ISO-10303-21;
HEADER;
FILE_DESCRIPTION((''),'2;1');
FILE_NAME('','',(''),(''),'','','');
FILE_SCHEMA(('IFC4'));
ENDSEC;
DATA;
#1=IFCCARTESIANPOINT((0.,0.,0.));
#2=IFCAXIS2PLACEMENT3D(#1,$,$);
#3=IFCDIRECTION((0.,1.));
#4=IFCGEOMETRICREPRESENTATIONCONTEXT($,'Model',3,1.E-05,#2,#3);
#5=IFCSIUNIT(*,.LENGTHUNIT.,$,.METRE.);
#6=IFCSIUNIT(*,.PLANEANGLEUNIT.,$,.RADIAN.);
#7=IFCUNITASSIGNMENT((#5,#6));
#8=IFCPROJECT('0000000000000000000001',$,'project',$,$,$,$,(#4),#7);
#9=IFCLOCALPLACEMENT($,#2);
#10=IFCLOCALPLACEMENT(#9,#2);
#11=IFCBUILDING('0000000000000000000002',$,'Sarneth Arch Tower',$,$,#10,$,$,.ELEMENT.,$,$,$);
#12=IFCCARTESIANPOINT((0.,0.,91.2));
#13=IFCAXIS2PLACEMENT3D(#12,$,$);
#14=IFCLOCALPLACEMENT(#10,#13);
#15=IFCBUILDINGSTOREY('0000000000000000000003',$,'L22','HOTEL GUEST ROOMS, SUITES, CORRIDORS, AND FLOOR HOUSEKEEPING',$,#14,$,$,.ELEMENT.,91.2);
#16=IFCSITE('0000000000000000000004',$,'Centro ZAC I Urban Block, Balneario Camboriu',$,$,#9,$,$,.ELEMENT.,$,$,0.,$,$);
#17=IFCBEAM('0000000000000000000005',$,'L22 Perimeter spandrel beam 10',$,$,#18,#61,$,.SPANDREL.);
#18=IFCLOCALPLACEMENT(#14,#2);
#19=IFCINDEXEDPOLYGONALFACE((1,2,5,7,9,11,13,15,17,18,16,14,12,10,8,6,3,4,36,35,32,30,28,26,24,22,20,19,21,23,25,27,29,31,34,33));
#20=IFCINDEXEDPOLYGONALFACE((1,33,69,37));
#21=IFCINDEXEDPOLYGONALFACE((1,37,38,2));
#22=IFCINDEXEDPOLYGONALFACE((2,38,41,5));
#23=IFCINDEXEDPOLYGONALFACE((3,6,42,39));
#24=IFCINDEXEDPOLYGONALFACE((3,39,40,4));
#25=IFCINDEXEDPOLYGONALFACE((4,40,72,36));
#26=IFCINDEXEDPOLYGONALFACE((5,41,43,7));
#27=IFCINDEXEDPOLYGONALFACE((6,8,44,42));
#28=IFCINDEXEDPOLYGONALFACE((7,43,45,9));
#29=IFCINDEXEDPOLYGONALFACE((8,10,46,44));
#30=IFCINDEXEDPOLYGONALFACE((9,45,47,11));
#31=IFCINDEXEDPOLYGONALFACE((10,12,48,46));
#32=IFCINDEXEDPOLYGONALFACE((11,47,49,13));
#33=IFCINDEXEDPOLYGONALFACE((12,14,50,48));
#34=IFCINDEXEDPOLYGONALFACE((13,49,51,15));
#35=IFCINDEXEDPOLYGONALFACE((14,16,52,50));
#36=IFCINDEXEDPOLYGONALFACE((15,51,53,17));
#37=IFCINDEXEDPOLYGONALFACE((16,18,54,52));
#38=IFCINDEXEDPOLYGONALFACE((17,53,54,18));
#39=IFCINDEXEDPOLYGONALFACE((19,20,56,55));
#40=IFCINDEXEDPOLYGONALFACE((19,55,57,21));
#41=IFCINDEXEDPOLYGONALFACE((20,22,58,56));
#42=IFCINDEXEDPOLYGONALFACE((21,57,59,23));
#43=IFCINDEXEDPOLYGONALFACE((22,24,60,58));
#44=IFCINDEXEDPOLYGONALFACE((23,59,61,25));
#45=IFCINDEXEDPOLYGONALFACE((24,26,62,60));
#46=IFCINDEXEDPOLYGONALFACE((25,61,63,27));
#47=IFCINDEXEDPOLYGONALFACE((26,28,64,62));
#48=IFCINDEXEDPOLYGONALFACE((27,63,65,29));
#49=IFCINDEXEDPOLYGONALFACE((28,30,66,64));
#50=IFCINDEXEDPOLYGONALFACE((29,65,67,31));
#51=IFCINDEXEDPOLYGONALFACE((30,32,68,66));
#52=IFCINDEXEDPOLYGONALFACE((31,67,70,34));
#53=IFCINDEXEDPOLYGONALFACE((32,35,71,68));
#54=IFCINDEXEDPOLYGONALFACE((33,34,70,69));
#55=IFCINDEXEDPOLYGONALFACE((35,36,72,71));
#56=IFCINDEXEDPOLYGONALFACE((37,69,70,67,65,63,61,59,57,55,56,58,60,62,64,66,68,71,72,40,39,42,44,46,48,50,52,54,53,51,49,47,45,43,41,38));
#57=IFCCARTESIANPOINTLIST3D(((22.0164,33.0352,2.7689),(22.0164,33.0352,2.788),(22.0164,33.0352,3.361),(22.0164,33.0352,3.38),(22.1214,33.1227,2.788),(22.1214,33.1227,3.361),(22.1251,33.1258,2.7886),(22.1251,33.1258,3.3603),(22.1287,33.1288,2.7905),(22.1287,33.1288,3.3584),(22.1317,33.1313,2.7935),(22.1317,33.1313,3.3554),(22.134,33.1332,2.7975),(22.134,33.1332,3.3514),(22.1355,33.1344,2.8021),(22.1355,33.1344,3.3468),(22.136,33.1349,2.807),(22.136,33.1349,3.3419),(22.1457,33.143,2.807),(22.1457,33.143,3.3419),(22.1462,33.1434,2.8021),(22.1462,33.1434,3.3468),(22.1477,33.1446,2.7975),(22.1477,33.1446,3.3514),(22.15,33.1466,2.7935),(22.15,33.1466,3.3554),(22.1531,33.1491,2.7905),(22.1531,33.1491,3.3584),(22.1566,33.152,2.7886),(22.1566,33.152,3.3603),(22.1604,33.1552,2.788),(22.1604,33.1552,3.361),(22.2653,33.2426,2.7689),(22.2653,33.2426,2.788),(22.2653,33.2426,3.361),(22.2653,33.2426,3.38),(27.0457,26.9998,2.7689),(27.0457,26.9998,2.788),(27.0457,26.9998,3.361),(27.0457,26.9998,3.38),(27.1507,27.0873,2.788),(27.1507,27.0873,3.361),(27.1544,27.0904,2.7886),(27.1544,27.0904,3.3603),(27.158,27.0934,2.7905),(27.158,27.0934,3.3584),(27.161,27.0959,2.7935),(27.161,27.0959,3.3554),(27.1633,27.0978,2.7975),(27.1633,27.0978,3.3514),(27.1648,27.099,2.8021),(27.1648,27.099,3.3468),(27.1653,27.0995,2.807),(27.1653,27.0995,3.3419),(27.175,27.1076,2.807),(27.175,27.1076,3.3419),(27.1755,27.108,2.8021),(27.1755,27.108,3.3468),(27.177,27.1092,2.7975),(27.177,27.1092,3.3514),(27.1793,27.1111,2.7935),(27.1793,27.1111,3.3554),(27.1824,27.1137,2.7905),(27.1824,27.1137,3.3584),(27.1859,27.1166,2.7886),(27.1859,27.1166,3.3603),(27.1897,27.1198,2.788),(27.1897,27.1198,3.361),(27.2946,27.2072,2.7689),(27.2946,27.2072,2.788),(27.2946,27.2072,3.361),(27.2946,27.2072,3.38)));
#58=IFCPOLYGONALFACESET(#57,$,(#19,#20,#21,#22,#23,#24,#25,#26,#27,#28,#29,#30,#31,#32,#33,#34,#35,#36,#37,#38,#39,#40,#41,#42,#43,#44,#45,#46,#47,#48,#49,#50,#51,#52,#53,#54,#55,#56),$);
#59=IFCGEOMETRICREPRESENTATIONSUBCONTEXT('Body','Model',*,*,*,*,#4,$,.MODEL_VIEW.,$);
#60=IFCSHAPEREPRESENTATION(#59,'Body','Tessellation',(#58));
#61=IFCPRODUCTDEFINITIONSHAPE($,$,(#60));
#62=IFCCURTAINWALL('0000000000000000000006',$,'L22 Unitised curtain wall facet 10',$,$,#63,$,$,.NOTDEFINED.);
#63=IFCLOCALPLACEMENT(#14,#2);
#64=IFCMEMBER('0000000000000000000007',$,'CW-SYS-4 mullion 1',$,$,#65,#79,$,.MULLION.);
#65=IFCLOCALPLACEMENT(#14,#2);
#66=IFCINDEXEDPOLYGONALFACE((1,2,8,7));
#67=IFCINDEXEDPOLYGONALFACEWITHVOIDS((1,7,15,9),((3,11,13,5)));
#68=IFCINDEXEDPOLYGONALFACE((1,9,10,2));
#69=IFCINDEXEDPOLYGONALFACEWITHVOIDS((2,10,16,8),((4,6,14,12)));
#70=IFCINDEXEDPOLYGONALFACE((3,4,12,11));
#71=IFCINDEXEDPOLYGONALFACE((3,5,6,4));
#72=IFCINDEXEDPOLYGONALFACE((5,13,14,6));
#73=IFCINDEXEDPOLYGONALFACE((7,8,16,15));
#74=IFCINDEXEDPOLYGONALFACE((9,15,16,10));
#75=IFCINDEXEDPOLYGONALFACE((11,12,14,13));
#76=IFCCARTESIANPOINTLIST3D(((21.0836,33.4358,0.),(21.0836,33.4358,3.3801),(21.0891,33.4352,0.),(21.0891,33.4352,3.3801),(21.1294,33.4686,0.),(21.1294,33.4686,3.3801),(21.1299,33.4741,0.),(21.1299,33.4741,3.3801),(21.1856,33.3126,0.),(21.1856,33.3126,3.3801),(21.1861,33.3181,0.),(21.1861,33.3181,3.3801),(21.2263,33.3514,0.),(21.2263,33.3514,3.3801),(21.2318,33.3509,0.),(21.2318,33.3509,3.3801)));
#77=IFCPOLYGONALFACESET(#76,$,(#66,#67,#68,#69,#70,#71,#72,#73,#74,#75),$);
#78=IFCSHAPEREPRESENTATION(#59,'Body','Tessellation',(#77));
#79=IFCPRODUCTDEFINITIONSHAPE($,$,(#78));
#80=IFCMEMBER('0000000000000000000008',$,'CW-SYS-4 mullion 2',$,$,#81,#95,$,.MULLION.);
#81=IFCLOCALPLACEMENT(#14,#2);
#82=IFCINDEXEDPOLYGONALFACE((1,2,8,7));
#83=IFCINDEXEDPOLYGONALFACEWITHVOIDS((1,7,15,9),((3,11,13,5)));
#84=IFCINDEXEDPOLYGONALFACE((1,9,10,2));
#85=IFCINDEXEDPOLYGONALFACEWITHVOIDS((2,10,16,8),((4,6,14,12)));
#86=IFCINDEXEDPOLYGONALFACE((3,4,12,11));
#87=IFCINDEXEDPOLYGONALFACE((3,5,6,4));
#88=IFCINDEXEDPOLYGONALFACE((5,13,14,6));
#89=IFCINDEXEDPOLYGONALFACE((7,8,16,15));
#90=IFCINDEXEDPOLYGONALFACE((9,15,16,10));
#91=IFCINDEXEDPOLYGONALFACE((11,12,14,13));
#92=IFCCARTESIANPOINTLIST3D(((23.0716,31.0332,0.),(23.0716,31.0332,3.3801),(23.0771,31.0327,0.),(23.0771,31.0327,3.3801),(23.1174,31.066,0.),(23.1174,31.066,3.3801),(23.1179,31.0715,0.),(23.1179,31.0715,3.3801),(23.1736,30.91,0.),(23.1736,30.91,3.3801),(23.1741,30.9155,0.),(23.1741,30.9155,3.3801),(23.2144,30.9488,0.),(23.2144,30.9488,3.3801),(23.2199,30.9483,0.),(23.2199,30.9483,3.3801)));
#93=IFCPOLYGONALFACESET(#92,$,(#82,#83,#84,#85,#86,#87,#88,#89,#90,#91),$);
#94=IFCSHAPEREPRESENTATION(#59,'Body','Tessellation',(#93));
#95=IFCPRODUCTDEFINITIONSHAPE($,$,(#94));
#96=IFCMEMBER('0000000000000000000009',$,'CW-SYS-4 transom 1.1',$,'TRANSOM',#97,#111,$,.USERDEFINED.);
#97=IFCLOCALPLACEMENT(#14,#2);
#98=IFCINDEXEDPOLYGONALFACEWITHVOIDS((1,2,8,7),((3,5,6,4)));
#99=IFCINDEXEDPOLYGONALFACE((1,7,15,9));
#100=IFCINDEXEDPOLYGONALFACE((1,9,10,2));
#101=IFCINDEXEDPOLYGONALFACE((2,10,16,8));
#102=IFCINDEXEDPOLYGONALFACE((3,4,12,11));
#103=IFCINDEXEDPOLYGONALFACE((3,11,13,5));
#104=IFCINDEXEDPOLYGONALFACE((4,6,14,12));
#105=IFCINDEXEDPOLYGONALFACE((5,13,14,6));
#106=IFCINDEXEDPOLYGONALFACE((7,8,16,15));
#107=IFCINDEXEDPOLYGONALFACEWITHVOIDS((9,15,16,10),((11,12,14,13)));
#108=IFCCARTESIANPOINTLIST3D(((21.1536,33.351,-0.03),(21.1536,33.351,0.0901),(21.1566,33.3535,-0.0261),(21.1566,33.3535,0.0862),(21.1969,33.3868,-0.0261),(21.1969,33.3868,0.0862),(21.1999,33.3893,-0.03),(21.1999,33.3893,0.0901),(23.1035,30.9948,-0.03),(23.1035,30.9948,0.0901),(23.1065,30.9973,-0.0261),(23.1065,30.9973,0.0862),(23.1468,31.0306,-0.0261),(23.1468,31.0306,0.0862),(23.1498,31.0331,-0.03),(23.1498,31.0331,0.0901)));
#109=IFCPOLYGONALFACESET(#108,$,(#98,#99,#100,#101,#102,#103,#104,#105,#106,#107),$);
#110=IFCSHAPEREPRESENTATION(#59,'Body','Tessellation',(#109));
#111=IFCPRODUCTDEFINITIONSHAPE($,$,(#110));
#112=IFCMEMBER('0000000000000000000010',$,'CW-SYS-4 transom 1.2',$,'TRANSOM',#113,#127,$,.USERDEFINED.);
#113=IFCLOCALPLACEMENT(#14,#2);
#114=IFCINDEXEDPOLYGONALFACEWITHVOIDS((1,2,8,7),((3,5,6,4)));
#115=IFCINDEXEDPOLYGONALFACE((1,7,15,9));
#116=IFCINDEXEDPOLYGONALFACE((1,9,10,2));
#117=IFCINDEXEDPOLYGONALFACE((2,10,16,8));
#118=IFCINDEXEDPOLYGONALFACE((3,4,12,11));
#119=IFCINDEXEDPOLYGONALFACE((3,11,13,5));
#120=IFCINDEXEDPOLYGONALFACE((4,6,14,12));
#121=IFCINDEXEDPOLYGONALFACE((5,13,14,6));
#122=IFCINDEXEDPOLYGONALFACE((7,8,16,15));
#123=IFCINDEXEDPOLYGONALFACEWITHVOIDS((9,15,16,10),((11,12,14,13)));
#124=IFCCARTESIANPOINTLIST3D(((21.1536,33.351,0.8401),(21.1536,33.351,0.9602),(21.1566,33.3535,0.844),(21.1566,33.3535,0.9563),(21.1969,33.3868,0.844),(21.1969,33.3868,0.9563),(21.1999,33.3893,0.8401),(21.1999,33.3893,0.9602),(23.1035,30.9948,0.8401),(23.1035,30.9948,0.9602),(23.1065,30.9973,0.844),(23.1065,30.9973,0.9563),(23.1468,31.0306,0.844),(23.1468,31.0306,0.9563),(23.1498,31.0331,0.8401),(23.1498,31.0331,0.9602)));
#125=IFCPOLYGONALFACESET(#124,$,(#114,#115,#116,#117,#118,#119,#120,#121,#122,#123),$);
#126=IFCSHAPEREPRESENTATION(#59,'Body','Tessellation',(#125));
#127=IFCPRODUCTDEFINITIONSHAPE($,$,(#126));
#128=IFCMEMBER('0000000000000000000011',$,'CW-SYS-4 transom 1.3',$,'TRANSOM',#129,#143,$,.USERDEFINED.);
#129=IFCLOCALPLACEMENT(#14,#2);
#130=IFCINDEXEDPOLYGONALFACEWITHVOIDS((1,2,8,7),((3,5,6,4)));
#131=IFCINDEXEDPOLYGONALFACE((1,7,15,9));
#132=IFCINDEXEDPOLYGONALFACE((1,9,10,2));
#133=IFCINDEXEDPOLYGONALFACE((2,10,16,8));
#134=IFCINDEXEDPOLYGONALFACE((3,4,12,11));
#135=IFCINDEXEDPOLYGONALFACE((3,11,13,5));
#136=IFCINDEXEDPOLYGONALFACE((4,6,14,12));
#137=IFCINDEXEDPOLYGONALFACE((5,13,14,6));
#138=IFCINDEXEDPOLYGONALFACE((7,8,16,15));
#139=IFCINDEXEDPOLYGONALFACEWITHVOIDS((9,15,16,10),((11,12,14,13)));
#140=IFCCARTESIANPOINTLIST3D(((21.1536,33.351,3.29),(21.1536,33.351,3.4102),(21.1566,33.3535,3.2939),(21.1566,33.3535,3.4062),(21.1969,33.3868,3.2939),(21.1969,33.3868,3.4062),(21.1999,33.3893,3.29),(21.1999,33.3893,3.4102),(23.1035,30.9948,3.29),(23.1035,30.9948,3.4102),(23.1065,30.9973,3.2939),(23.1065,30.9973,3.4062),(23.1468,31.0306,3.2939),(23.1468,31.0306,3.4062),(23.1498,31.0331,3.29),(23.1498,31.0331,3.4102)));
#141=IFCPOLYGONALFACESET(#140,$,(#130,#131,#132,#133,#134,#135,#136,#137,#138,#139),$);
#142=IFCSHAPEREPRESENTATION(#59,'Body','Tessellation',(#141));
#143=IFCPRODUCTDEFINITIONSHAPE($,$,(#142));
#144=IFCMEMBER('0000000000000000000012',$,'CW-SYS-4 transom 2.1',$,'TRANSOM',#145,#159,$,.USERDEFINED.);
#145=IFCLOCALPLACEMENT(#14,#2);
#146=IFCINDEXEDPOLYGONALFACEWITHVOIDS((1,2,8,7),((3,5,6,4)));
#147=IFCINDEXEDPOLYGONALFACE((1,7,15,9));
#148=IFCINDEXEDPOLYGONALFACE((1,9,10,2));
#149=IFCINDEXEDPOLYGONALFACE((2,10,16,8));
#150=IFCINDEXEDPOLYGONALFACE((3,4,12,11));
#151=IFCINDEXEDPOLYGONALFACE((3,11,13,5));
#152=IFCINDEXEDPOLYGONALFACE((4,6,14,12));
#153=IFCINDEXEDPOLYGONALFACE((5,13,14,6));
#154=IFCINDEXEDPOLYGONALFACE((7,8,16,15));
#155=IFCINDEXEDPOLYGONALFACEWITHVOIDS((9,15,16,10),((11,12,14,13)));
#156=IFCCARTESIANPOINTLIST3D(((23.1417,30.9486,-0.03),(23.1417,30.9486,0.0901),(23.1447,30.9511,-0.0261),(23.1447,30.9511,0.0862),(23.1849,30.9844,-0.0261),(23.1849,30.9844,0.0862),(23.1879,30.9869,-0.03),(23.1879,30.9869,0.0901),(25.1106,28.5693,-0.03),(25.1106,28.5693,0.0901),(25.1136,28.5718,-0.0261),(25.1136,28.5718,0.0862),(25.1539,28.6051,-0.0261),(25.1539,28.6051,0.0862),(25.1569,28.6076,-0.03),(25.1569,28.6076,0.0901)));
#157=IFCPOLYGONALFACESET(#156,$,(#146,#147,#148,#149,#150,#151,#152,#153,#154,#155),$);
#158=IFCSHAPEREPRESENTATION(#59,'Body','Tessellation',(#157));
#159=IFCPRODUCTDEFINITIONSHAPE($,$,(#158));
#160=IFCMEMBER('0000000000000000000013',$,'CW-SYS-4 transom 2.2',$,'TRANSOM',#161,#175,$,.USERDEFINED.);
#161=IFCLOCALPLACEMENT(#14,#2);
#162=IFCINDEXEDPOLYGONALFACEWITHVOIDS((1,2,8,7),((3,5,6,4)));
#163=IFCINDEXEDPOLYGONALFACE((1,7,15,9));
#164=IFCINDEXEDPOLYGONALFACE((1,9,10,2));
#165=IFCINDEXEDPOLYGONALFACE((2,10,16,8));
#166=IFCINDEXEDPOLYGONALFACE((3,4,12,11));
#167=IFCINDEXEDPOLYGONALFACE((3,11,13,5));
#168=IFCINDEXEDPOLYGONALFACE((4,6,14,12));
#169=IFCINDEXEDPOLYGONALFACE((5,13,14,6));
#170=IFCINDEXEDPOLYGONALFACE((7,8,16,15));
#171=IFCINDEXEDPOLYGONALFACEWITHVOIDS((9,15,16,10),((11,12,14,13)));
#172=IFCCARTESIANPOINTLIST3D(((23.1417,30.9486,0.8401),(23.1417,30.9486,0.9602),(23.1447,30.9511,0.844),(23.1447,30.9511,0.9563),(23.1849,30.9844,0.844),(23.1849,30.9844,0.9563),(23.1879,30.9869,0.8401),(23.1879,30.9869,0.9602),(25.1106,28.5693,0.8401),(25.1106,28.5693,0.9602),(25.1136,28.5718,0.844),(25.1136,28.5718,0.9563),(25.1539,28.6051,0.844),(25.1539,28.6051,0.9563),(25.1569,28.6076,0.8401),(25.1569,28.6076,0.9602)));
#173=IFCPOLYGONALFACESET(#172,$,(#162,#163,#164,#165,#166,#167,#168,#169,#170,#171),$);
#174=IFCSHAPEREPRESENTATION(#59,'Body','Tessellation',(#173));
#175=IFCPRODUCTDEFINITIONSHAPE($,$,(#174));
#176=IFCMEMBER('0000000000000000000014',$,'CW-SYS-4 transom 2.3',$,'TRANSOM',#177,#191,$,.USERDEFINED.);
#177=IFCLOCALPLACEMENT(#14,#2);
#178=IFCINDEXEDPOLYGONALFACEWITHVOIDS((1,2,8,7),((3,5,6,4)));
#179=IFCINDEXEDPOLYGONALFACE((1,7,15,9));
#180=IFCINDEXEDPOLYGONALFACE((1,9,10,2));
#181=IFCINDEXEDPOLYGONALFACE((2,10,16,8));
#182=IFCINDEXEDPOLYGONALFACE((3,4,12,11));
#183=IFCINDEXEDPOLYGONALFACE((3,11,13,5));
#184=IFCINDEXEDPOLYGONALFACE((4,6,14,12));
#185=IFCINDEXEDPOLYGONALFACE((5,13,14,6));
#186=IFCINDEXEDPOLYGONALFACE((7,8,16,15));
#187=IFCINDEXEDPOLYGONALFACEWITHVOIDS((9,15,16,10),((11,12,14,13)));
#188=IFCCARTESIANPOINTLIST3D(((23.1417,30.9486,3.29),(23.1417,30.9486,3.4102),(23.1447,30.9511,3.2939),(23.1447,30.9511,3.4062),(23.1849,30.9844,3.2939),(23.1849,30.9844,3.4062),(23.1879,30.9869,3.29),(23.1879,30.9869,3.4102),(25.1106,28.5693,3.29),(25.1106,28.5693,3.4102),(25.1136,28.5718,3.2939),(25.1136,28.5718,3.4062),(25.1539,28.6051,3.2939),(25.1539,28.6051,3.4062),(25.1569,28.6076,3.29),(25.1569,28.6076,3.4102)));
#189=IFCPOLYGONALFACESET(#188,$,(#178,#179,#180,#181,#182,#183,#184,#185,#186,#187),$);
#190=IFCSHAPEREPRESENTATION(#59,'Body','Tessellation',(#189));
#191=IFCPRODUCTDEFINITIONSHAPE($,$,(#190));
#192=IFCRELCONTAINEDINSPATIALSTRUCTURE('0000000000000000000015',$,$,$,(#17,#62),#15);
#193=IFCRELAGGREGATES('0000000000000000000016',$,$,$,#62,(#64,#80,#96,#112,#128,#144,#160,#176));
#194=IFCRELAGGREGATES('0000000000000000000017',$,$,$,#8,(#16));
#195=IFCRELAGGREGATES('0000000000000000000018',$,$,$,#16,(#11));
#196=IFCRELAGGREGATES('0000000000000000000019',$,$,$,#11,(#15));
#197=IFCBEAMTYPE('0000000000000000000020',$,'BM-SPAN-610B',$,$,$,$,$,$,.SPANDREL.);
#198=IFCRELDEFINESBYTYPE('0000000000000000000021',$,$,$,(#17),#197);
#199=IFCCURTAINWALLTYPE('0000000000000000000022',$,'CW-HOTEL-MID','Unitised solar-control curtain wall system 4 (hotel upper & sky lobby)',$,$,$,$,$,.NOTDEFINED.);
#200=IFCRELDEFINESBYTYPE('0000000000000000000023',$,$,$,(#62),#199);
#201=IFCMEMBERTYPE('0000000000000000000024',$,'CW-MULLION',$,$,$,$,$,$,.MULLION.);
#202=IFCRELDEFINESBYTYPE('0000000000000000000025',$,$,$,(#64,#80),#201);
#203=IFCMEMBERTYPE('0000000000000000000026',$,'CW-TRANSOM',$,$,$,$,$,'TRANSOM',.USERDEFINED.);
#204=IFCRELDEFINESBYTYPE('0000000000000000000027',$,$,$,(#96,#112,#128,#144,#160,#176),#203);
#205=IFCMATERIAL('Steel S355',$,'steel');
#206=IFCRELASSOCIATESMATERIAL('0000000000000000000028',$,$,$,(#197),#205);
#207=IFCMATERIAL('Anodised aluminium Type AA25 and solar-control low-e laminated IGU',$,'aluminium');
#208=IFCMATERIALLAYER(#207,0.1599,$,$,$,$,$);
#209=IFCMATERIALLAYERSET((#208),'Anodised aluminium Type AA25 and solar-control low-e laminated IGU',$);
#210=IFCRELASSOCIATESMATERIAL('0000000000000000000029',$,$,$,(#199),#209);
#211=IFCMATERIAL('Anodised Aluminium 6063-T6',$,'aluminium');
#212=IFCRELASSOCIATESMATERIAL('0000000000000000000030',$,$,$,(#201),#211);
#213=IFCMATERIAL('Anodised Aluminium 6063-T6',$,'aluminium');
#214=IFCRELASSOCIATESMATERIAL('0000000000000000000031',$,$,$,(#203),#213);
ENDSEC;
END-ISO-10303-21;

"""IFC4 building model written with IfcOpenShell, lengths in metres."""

from ifc_helpers import new_model, si_unit, direction, frame, origin, origin_2d, place, context, subcontext, project, spatial, hollow_rectangle, i_section, extrude, material, layer, layer_set, material_profile, profile_set, type_object, element, aggregate, save


model = new_model("IFC4")

# Units and contexts
model_context = context("Model", 3, precision=1e-05, world=origin(), true_north=direction((0.0, 1.0)))
body_context = subcontext(model_context, "Body", "Model", "MODEL_VIEW")
ifc_project = project(units=[si_unit("LENGTHUNIT", "METRE"), si_unit("PLANEANGLEUNIT", "RADIAN")], contexts=[model_context])

# Site, building, storey
site_placement = place(None, origin())
site = spatial("IfcSite", under=ifc_project, at=site_placement, Name="Centro ZAC I Urban Block, Balneario Camboriu", CompositionType="ELEMENT", RefElevation=0.0)
building_placement = place(site_placement, origin())
building = spatial("IfcBuilding", under=site, at=building_placement, Name="Sarneth Arch Tower", CompositionType="ELEMENT")
storey_placement = place(building_placement, frame((0.0, 0.0, 91.2)))
storey = spatial("IfcBuildingStorey", under=building, at=storey_placement, Name="L22", Description="HOTEL GUEST ROOMS, SUITES, CORRIDORS, AND FLOOR HOUSEKEEPING", CompositionType="ELEMENT", Elevation=91.2)

# Beam
ifc_material_1 = material(Name="Steel S355", Category="steel")
ifc_material_profile_1 = material_profile(ifc_material_1, i_section(OverallWidth=0.324, OverallDepth=0.6111, WebThickness=0.0127, FlangeThickness=0.019, FilletRadius=0.019, at=origin_2d()), Name="W610x155")
ifc_profile_set_1 = profile_set([ifc_material_profile_1], Name="Steel S355")
beam_type_1 = type_object("IfcBeamType", Name="BM-SPAN-610B", PredefinedType="SPANDREL", material=ifc_profile_set_1)
beam_1_placement = place(storey_placement, frame((22.1409, 33.1389, 3.0745), z_axis=(0.640169, -0.768234, 0.0), x_axis=(0.768234, 0.640169, 0.0)))
element("IfcBeam", 1, at=beam_1_placement, inside=storey, type_object=beam_type_1, Name="L22 Perimeter spandrel beam 10", PredefinedType="SPANDREL", context=body_context, shape_type="SweptSolid", body=[
    extrude(i_section(OverallWidth=0.324, OverallDepth=0.6111, WebThickness=0.0127, FlangeThickness=0.019, FilletRadius=0.019, at=origin_2d()), origin(), (0.0, 0.0, 1.0), 7.8562),
])

# Curtain wall, members
ifc_material_2 = material(Name="Anodised aluminium Type AA25 and solar-control low-e laminated IGU", Category="aluminium")
ifc_layer_1 = layer(ifc_material_2, 0.1599)
ifc_layer_set_1 = layer_set([ifc_layer_1], Name="Anodised aluminium Type AA25 and solar-control low-e laminated IGU")
curtain_wall_type = type_object("IfcCurtainWallType", Name="CW-HOTEL-MID", Description="Unitised solar-control curtain wall system 4 (hotel upper & sky lobby)", PredefinedType="NOTDEFINED", material=ifc_layer_set_1)
curtain_wall_placement = place(storey_placement, origin())
curtain_wall = element("IfcCurtainWall", 2, at=curtain_wall_placement, inside=storey, type_object=curtain_wall_type, Name="L22 Unitised curtain wall facet 10", PredefinedType="NOTDEFINED")
ifc_material_3 = material(Name="Anodised Aluminium 6063-T6", Category="aluminium")
ifc_material_profile_2 = material_profile(ifc_material_3, hollow_rectangle(XDim=0.0601, YDim=0.1599, WallThickness=0.0039, at=origin_2d()), Name="AL-MULL-160x60x4")
ifc_profile_set_2 = profile_set([ifc_material_profile_2], Name="Anodised Aluminium 6063-T6")
member_type_1 = type_object("IfcMemberType", Name="CW-MULLION", PredefinedType="MULLION", material=ifc_profile_set_2)
member_1_placement = place(storey_placement, frame((21.1577, 33.3933, 0.0), z_axis=(0.0, 0.0, 1.0), x_axis=(0.770438, 0.637515, 0.0)))
member_1 = element("IfcMember", 3, at=member_1_placement, type_object=member_type_1, Name="CW-SYS-4 mullion 1", PredefinedType="MULLION", context=body_context, shape_type="SweptSolid", body=[
    extrude(hollow_rectangle(XDim=0.0601, YDim=0.1599, WallThickness=0.0039, at=origin_2d()), origin(), (0.0, 0.0, 1.0), 3.3801),
])
member_2_placement = place(storey_placement, frame((23.1458, 30.9907, 0.0), z_axis=(0.0, 0.0, 1.0), x_axis=(0.770438, 0.637515, 0.0)))
member_2 = element("IfcMember", 4, at=member_2_placement, type_object=member_type_1, Name="CW-SYS-4 mullion 2", PredefinedType="MULLION", context=body_context, shape_type="SweptSolid", body=[
    extrude(hollow_rectangle(XDim=0.0601, YDim=0.1599, WallThickness=0.0039, at=origin_2d()), origin(), (0.0, 0.0, 1.0), 3.3801),
])
ifc_material_4 = material(Name="Anodised Aluminium 6063-T6", Category="aluminium")
ifc_material_profile_3 = material_profile(ifc_material_4, hollow_rectangle(XDim=0.0601, YDim=0.1201, WallThickness=0.0039, at=origin_2d()), Name="AL-TRAN-120x60x4")
ifc_profile_set_3 = profile_set([ifc_material_profile_3], Name="Anodised Aluminium 6063-T6")
member_type_2 = type_object("IfcMemberType", Name="CW-TRANSOM", ElementType="TRANSOM", PredefinedType="USERDEFINED", material=ifc_profile_set_3)
member_3_placement = place(storey_placement, frame((21.1768, 33.3701, 0.03), z_axis=(0.637566, -0.770396, 0.0), x_axis=(0.770396, 0.637566, 0.0)))
member_3 = element("IfcMember", 5, at=member_3_placement, type_object=member_type_2, Name="CW-SYS-4 transom 1.1", ObjectType="TRANSOM", PredefinedType="USERDEFINED", context=body_context, shape_type="SweptSolid", body=[
    extrude(hollow_rectangle(XDim=0.0601, YDim=0.1201, WallThickness=0.0039, at=origin_2d()), origin(), (0.0, 0.0, 1.0), 3.0583),
])
member_4_placement = place(storey_placement, frame((21.1768, 33.3701, 0.9001), z_axis=(0.637566, -0.770396, 0.0), x_axis=(0.770396, 0.637566, 0.0)))
member_4 = element("IfcMember", 6, at=member_4_placement, type_object=member_type_2, Name="CW-SYS-4 transom 1.2", ObjectType="TRANSOM", PredefinedType="USERDEFINED", context=body_context, shape_type="SweptSolid", body=[
    extrude(hollow_rectangle(XDim=0.0601, YDim=0.1201, WallThickness=0.0039, at=origin_2d()), origin(), (0.0, 0.0, 1.0), 3.0583),
])
member_5_placement = place(storey_placement, frame((21.1768, 33.3701, 3.3501), z_axis=(0.637566, -0.770396, 0.0), x_axis=(0.770396, 0.637566, 0.0)))
member_5 = element("IfcMember", 7, at=member_5_placement, type_object=member_type_2, Name="CW-SYS-4 transom 1.3", ObjectType="TRANSOM", PredefinedType="USERDEFINED", context=body_context, shape_type="SweptSolid", body=[
    extrude(hollow_rectangle(XDim=0.0601, YDim=0.1201, WallThickness=0.0039, at=origin_2d()), origin(), (0.0, 0.0, 1.0), 3.0583),
])
member_6_placement = place(storey_placement, frame((23.1648, 30.9678, 0.03), z_axis=(0.637537, -0.77042, 0.0), x_axis=(0.77042, 0.637537, 0.0)))
member_6 = element("IfcMember", 8, at=member_6_placement, type_object=member_type_2, Name="CW-SYS-4 transom 2.1", ObjectType="TRANSOM", PredefinedType="USERDEFINED", context=body_context, shape_type="SweptSolid", body=[
    extrude(hollow_rectangle(XDim=0.0601, YDim=0.1201, WallThickness=0.0039, at=origin_2d()), origin(), (0.0, 0.0, 1.0), 3.0884),
])
member_7_placement = place(storey_placement, frame((23.1648, 30.9678, 0.9001), z_axis=(0.637537, -0.77042, 0.0), x_axis=(0.77042, 0.637537, 0.0)))
member_7 = element("IfcMember", 9, at=member_7_placement, type_object=member_type_2, Name="CW-SYS-4 transom 2.2", ObjectType="TRANSOM", PredefinedType="USERDEFINED", context=body_context, shape_type="SweptSolid", body=[
    extrude(hollow_rectangle(XDim=0.0601, YDim=0.1201, WallThickness=0.0039, at=origin_2d()), origin(), (0.0, 0.0, 1.0), 3.0884),
])
member_8_placement = place(storey_placement, frame((23.1648, 30.9678, 3.3501), z_axis=(0.637537, -0.77042, 0.0), x_axis=(0.77042, 0.637537, 0.0)))
member_8 = element("IfcMember", 10, at=member_8_placement, type_object=member_type_2, Name="CW-SYS-4 transom 2.3", ObjectType="TRANSOM", PredefinedType="USERDEFINED", context=body_context, shape_type="SweptSolid", body=[
    extrude(hollow_rectangle(XDim=0.0601, YDim=0.1201, WallThickness=0.0039, at=origin_2d()), origin(), (0.0, 0.0, 1.0), 3.0884),
])
aggregate(curtain_wall, [member_1, member_2, member_3, member_4, member_5, member_6, member_7, member_8])

save(model, "model.ifc")
